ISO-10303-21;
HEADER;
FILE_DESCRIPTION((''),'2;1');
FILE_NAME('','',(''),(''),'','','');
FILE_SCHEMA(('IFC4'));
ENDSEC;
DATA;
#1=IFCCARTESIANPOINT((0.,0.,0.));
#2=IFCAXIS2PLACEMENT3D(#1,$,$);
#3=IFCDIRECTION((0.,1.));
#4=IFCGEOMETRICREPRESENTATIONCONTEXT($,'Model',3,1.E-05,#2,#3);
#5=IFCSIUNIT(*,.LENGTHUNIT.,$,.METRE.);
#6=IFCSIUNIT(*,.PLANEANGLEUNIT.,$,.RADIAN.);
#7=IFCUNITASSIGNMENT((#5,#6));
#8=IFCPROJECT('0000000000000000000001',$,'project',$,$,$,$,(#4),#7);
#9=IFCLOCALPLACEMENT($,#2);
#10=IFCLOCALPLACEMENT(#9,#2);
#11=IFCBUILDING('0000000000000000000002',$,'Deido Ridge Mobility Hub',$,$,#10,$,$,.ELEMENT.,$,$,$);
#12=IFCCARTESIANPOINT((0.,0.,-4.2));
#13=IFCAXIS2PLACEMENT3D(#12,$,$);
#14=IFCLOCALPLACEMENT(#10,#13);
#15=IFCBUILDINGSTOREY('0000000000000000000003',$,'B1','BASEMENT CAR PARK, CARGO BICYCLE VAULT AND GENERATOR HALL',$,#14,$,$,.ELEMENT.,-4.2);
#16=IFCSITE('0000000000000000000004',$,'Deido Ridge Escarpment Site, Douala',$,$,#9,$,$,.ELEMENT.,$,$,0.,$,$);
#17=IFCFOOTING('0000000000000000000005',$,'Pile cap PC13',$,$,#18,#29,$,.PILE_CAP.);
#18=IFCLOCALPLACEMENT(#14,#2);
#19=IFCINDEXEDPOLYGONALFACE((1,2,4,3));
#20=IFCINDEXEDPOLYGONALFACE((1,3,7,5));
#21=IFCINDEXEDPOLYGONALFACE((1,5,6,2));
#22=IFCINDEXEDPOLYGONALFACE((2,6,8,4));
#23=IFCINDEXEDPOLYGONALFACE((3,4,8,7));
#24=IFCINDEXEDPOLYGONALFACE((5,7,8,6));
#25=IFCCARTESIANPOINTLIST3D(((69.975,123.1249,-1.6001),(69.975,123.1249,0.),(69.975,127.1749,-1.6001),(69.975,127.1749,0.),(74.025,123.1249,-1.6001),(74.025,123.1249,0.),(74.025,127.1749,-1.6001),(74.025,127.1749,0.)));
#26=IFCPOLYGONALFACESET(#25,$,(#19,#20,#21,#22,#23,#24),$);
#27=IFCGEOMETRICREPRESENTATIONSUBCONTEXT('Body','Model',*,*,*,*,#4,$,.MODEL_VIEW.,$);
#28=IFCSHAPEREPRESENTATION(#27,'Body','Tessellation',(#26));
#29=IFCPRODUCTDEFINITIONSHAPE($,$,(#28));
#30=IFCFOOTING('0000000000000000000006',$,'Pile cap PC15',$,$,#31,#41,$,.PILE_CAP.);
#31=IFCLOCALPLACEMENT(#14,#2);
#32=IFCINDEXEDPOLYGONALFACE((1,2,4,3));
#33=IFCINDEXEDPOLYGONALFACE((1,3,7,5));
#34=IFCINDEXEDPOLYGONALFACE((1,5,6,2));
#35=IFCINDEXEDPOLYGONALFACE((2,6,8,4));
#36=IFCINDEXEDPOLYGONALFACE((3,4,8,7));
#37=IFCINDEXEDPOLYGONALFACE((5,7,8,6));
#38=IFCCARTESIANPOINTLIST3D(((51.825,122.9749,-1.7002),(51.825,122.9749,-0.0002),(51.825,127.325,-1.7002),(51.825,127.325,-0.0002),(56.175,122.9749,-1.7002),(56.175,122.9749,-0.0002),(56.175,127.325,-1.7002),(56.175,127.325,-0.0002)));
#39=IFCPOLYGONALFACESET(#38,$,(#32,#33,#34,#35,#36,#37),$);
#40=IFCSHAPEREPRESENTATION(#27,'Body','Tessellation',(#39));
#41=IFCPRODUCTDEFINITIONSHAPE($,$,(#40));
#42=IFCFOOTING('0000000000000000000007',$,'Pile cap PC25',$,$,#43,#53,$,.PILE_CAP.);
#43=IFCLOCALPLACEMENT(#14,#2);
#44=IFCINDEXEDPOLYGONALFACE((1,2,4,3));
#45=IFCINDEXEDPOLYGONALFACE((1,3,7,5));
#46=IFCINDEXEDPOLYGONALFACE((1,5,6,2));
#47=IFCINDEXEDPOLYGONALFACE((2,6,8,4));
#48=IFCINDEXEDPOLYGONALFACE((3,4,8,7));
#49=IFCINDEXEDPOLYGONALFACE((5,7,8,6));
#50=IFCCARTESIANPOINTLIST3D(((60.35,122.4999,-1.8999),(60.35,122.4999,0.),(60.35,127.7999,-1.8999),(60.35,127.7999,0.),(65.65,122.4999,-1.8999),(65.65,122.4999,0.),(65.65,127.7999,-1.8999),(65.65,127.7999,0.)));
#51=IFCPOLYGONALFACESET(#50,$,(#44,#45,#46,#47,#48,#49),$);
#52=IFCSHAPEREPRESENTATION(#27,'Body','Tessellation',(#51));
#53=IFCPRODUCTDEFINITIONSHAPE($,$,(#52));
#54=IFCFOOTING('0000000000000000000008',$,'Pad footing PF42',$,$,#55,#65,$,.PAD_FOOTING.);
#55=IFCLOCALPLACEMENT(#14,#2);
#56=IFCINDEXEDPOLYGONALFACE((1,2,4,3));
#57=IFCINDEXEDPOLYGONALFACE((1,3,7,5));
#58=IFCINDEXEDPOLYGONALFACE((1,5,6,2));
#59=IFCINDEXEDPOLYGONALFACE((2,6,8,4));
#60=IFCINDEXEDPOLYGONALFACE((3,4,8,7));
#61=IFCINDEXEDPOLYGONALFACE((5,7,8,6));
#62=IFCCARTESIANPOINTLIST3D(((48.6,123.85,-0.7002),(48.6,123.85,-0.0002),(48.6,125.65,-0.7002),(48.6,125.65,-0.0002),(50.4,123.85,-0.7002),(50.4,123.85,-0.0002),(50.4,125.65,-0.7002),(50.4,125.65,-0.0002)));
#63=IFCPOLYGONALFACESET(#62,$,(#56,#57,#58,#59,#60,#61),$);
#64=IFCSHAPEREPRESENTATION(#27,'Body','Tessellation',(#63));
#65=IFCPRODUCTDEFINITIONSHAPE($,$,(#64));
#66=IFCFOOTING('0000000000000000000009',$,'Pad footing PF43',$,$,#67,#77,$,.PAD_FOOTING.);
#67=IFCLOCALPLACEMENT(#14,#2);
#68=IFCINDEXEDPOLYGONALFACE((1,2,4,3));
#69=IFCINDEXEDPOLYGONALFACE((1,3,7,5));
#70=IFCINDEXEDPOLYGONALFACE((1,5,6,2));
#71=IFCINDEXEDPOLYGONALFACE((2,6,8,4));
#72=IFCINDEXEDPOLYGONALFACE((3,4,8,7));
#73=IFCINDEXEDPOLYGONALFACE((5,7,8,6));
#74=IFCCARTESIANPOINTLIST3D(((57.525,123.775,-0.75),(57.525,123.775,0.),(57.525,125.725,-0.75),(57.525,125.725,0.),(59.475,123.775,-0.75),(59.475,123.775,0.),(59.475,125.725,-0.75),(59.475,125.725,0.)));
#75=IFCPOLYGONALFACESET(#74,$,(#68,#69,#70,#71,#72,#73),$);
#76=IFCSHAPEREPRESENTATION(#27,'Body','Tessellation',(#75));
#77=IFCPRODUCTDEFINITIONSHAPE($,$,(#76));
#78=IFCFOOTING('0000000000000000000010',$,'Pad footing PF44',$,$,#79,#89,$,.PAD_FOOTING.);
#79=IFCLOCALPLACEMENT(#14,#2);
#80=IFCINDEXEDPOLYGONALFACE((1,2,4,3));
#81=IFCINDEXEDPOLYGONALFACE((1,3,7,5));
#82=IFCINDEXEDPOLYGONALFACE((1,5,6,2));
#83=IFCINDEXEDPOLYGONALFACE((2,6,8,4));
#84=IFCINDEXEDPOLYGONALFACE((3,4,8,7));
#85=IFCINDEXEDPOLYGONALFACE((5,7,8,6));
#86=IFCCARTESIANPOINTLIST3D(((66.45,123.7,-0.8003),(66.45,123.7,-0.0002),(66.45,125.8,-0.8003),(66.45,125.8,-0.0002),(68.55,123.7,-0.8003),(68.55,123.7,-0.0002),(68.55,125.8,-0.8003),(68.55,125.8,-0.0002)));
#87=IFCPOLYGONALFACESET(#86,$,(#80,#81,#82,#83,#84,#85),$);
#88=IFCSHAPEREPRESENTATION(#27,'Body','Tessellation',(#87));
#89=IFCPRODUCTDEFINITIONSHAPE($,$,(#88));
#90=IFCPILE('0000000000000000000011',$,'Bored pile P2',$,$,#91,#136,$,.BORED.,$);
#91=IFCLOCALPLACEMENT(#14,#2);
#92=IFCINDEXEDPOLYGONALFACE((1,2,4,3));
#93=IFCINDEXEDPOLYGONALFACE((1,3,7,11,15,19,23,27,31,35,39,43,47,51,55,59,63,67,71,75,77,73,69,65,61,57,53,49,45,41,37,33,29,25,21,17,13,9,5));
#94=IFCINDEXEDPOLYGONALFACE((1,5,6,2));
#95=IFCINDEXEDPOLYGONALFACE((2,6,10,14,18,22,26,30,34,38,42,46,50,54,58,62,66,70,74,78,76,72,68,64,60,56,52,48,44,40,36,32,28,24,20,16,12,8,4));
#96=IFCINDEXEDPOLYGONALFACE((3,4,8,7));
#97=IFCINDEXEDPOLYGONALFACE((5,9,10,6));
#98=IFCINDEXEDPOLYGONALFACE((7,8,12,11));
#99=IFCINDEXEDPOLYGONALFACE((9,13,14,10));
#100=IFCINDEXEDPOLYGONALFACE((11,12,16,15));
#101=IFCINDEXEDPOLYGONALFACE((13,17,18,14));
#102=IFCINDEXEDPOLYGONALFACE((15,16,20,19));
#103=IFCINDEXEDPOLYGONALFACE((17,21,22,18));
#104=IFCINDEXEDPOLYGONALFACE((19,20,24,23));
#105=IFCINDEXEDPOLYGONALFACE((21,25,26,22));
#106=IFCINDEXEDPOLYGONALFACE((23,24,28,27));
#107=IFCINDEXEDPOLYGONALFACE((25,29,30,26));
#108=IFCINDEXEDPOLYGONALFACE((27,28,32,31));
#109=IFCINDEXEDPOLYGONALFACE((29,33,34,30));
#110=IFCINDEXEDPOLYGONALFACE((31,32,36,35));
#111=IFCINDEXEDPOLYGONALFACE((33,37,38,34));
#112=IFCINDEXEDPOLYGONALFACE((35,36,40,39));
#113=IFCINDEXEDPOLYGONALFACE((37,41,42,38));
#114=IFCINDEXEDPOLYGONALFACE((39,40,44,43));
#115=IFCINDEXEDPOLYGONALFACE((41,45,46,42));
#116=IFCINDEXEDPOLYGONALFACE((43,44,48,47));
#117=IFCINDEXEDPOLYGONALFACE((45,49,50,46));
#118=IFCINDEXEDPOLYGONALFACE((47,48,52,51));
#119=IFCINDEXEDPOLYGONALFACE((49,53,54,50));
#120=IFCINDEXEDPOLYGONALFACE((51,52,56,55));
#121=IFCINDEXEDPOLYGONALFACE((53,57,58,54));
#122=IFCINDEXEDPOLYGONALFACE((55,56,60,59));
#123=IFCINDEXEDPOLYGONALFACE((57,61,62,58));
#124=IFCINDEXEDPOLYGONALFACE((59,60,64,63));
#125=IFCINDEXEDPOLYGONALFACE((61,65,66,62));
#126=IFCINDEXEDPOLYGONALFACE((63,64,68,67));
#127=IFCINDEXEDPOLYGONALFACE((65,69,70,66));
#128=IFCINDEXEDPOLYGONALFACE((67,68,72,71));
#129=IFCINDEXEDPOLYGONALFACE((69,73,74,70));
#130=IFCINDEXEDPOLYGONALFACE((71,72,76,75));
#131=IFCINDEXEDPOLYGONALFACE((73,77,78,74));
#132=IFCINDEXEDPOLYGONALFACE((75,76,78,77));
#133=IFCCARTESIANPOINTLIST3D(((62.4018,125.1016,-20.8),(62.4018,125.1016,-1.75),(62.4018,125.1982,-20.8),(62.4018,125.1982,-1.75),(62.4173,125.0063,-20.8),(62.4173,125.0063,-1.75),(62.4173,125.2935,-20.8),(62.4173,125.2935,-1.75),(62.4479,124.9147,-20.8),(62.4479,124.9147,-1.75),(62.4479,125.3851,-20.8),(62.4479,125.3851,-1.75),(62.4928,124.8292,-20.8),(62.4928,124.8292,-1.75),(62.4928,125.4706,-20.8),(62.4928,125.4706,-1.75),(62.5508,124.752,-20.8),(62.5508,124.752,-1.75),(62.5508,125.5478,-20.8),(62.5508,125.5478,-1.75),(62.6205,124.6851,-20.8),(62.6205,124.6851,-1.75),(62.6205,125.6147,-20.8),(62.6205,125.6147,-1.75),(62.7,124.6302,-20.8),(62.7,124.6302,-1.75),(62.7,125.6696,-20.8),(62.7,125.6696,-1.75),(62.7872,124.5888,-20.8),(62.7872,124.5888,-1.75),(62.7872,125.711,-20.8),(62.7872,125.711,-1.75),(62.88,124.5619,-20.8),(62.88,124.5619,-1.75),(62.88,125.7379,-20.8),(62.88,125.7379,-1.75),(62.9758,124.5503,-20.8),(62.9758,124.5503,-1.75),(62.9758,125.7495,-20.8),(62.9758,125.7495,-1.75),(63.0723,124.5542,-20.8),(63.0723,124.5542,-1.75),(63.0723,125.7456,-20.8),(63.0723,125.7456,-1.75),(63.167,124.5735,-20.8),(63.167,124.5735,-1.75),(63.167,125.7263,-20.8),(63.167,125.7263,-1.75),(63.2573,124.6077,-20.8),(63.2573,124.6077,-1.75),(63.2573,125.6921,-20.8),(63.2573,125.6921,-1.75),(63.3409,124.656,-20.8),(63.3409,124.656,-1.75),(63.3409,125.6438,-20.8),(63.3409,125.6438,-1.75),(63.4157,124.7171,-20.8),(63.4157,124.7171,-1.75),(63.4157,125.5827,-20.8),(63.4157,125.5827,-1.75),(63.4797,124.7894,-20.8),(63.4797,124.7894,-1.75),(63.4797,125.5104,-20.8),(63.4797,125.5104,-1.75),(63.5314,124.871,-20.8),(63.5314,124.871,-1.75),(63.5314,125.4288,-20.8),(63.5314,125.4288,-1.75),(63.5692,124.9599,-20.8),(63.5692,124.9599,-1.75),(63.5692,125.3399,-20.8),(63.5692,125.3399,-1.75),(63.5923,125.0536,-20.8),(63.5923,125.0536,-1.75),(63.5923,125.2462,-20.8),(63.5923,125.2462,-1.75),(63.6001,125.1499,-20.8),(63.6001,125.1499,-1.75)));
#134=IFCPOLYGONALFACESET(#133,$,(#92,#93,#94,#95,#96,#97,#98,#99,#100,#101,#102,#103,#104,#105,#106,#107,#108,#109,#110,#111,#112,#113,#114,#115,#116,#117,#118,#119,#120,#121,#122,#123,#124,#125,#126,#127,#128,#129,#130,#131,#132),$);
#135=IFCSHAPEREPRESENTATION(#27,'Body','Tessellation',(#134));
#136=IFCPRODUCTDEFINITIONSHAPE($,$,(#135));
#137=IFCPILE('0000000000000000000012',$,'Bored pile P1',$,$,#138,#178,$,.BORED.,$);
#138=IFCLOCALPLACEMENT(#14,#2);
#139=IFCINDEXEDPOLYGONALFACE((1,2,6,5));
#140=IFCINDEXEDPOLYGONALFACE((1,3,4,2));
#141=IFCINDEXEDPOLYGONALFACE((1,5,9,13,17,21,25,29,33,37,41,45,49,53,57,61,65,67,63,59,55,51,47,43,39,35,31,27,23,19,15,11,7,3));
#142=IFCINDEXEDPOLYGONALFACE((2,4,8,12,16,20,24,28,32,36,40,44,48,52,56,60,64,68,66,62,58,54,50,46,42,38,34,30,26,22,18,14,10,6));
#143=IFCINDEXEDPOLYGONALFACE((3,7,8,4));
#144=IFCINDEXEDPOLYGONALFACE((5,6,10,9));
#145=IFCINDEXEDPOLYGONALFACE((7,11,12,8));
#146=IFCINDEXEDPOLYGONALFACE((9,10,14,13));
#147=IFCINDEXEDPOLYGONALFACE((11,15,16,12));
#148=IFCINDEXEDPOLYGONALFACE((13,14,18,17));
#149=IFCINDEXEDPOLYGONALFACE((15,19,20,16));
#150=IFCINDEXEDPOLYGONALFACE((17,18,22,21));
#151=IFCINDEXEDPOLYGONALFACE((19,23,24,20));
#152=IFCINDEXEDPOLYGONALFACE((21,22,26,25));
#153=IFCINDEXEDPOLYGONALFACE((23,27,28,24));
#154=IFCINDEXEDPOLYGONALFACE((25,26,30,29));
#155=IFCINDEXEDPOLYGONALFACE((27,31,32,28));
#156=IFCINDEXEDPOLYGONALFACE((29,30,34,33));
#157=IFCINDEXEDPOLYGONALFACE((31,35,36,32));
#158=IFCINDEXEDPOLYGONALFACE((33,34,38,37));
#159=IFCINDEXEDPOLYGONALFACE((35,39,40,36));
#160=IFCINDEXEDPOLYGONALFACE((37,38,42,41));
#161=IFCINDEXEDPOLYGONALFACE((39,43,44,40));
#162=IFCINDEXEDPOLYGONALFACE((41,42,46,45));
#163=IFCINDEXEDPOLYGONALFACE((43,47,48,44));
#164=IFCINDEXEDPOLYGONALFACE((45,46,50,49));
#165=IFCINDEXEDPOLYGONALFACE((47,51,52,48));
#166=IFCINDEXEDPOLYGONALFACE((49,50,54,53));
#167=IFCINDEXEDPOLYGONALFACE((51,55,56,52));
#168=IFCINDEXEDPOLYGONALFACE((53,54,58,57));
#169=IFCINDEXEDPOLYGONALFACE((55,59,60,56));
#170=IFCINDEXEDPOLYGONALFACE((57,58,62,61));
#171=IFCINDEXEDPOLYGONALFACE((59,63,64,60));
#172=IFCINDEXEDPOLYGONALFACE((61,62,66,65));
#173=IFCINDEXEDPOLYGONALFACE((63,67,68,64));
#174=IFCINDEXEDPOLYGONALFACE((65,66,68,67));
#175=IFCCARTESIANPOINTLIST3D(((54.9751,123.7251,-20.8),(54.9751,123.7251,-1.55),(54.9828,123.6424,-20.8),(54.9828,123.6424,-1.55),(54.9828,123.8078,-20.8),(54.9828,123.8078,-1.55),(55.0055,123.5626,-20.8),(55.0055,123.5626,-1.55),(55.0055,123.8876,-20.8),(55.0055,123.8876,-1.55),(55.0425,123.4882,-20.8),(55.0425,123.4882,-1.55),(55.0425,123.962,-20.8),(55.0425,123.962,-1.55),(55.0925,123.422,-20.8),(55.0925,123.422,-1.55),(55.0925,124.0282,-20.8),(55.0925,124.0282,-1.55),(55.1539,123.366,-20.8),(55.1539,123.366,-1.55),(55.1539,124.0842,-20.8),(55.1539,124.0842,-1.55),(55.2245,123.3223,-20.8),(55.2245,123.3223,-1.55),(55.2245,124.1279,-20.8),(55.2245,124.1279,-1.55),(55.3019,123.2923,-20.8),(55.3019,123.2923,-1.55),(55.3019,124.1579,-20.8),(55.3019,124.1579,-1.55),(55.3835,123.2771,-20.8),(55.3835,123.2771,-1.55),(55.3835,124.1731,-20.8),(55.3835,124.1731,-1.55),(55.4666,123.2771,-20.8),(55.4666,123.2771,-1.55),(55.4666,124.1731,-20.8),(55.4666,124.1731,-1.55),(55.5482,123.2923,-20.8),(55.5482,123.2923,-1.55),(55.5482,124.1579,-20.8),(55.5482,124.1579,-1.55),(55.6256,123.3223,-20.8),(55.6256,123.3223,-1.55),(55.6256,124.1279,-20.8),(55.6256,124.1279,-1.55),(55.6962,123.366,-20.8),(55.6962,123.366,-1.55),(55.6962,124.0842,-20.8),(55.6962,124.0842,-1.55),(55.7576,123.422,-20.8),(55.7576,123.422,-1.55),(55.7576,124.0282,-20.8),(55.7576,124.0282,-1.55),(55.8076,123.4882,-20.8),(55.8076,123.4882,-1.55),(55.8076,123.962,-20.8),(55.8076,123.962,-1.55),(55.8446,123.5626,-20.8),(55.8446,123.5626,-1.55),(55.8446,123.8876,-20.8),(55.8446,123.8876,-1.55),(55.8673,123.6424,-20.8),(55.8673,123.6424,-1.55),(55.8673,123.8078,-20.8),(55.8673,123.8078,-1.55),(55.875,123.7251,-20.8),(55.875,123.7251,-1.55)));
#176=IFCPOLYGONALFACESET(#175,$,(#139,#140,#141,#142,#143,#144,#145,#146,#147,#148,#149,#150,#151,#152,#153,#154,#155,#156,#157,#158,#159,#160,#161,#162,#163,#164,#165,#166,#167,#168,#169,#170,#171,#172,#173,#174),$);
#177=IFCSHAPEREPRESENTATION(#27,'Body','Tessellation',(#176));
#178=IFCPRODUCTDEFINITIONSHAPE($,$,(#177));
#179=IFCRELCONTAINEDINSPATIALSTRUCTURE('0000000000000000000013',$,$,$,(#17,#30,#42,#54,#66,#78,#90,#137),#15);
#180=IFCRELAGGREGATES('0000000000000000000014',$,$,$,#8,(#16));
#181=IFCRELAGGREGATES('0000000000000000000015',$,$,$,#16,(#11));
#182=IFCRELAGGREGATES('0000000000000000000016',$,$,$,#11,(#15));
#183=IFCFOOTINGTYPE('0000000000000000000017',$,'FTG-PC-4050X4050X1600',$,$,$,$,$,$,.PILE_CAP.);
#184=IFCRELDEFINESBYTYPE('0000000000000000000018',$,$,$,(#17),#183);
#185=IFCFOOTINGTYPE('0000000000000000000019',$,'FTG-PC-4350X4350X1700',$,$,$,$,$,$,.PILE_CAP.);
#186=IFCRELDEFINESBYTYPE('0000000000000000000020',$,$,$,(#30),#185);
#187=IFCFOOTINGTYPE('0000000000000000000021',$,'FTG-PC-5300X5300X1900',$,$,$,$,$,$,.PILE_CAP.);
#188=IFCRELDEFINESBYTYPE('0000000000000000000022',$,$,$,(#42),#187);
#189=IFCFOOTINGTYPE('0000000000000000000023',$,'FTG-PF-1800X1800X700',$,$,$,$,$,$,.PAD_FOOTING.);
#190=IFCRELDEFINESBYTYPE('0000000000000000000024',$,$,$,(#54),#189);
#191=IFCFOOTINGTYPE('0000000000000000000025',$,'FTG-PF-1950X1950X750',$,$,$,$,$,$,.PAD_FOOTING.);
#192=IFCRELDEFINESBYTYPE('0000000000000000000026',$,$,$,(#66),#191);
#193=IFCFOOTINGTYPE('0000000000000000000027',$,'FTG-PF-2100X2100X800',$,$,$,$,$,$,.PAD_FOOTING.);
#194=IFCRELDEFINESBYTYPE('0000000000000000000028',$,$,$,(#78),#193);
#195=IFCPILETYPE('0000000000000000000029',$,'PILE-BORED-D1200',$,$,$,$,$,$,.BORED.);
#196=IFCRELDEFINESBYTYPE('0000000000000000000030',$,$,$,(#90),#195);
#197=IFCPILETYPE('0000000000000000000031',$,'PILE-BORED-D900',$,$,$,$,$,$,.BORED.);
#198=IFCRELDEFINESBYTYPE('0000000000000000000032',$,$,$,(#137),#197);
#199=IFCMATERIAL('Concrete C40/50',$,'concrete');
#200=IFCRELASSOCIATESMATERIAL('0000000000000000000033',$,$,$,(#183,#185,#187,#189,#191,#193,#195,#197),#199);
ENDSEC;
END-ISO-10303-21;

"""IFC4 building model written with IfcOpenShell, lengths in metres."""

from ifc_helpers import new_model, si_unit, direction, frame, origin, origin_2d, place, context, subcontext, project, spatial, rectangle, circle, extrude, material, material_profile, profile_set, type_object, element, save


model = new_model("IFC4")

# Units and contexts
model_context = context("Model", 3, precision=1e-05, world=origin(), true_north=direction((0.0, 1.0)))
body_context = subcontext(model_context, "Body", "Model", "MODEL_VIEW")
ifc_project = project(units=[si_unit("LENGTHUNIT", "METRE"), si_unit("PLANEANGLEUNIT", "RADIAN")], contexts=[model_context])

# Site, building, storey
site_placement = place(None, origin())
site = spatial("IfcSite", under=ifc_project, at=site_placement, Name="Deido Ridge Escarpment Site, Douala", CompositionType="ELEMENT", RefElevation=0.0)
building_placement = place(site_placement, origin())
building = spatial("IfcBuilding", under=site, at=building_placement, Name="Deido Ridge Mobility Hub", CompositionType="ELEMENT")
storey_placement = place(building_placement, frame((0.0, 0.0, -4.2)))
storey = spatial("IfcBuildingStorey", under=building, at=storey_placement, Name="B1", Description="BASEMENT CAR PARK, CARGO BICYCLE VAULT AND GENERATOR HALL", CompositionType="ELEMENT", Elevation=-4.2)

# Footings
ifc_material_1 = material(Name="Concrete C40/50", Category="concrete")
footing_type_1 = type_object("IfcFootingType", Name="FTG-PC-4050X4050X1600", PredefinedType="PILE_CAP", material=ifc_material_1)
footing_1_placement = place(storey_placement, frame((72.0, 125.1499, -1.6001), z_axis=(0.0, 0.0, 1.0), x_axis=(1.0, 0.0, 0.0)))
element("IfcFooting", 1, at=footing_1_placement, inside=storey, type_object=footing_type_1, Name="Pile cap PC13", PredefinedType="PILE_CAP", context=body_context, shape_type="SweptSolid", body=[
    extrude(rectangle(XDim=4.05, YDim=4.05, at=origin_2d()), origin(), (0.0, 0.0, 1.0), 1.6001),
])
footing_type_2 = type_object("IfcFootingType", Name="FTG-PC-4350X4350X1700", PredefinedType="PILE_CAP", material=ifc_material_1)
footing_2_placement = place(storey_placement, frame((54.0, 125.1499, -1.7002), z_axis=(0.0, 0.0, 1.0), x_axis=(1.0, 0.0, 0.0)))
element("IfcFooting", 2, at=footing_2_placement, inside=storey, type_object=footing_type_2, Name="Pile cap PC15", PredefinedType="PILE_CAP", context=body_context, shape_type="SweptSolid", body=[
    extrude(rectangle(XDim=4.3501, YDim=4.3501, at=origin_2d()), origin(), (0.0, 0.0, 1.0), 1.7),
])
footing_type_3 = type_object("IfcFootingType", Name="FTG-PC-5300X5300X1900", PredefinedType="PILE_CAP", material=ifc_material_1)
footing_3_placement = place(storey_placement, frame((63.0, 125.1499, -1.8999), z_axis=(0.0, 0.0, 1.0), x_axis=(1.0, 0.0, 0.0)))
element("IfcFooting", 3, at=footing_3_placement, inside=storey, type_object=footing_type_3, Name="Pile cap PC25", PredefinedType="PILE_CAP", context=body_context, shape_type="SweptSolid", body=[
    extrude(rectangle(XDim=5.3, YDim=5.3, at=origin_2d()), origin(), (0.0, 0.0, 1.0), 1.8999),
])
footing_type_4 = type_object("IfcFootingType", Name="FTG-PF-1800X1800X700", PredefinedType="PAD_FOOTING", material=ifc_material_1)
footing_4_placement = place(storey_placement, frame((49.5, 124.75, -0.7002), z_axis=(0.0, 0.0, 1.0), x_axis=(1.0, 0.0, 0.0)))
element("IfcFooting", 4, at=footing_4_placement, inside=storey, type_object=footing_type_4, Name="Pad footing PF42", PredefinedType="PAD_FOOTING", context=body_context, shape_type="SweptSolid", body=[
    extrude(rectangle(XDim=1.8, YDim=1.8, at=origin_2d()), origin(), (0.0, 0.0, 1.0), 0.7),
])
footing_type_5 = type_object("IfcFootingType", Name="FTG-PF-1950X1950X750", PredefinedType="PAD_FOOTING", material=ifc_material_1)
footing_5_placement = place(storey_placement, frame((58.5, 124.75, -0.75), z_axis=(0.0, 0.0, 1.0), x_axis=(1.0, 0.0, 0.0)))
element("IfcFooting", 5, at=footing_5_placement, inside=storey, type_object=footing_type_5, Name="Pad footing PF43", PredefinedType="PAD_FOOTING", context=body_context, shape_type="SweptSolid", body=[
    extrude(rectangle(XDim=1.95, YDim=1.95, at=origin_2d()), origin(), (0.0, 0.0, 1.0), 0.75),
])
footing_type_6 = type_object("IfcFootingType", Name="FTG-PF-2100X2100X800", PredefinedType="PAD_FOOTING", material=ifc_material_1)
footing_6_placement = place(storey_placement, frame((67.5, 124.75, -0.8003), z_axis=(0.0, 0.0, 1.0), x_axis=(1.0, 0.0, 0.0)))
element("IfcFooting", 6, at=footing_6_placement, inside=storey, type_object=footing_type_6, Name="Pad footing PF44", PredefinedType="PAD_FOOTING", context=body_context, shape_type="SweptSolid", body=[
    extrude(rectangle(XDim=2.1001, YDim=2.1001, at=origin_2d()), origin(), (0.0, 0.0, 1.0), 0.8),
])

# Piles
ifc_material_profile_1 = material_profile(ifc_material_1, circle(Radius=0.6001, at=origin_2d()), Name="BORED PILE D1200")
ifc_profile_set_1 = profile_set([ifc_material_profile_1], Name="Concrete C40/50")
pile_type_1 = type_object("IfcPileType", Name="PILE-BORED-D1200", PredefinedType="BORED", material=ifc_profile_set_1)
pile_1_placement = place(storey_placement, frame((63.0, 125.1499, -1.75), z_axis=(0.0, 0.0, -1.0), x_axis=(1.0, 0.0, 0.0)))
element("IfcPile", 7, at=pile_1_placement, inside=storey, type_object=pile_type_1, Name="Bored pile P2", PredefinedType="BORED", context=body_context, shape_type="SweptSolid", body=[
    extrude(circle(Radius=0.6001, at=origin_2d()), origin(), (0.0, 0.0, 1.0), 19.05),
])
ifc_material_profile_2 = material_profile(ifc_material_1, circle(Radius=0.45, at=origin_2d()), Name="BORED PILE D900")
ifc_profile_set_2 = profile_set([ifc_material_profile_2], Name="Concrete C40/50")
pile_type_2 = type_object("IfcPileType", Name="PILE-BORED-D900", PredefinedType="BORED", material=ifc_profile_set_2)
for number, where, z_axis, x_axis, name in (
    (8, (55.425, 123.7251, -1.55), (0.0, 0.0, -1.0), (1.0, 0.0, 0.0), "Bored pile P1"),
):
    element("IfcPile", number, at=place(storey_placement, frame(where, z_axis=z_axis, x_axis=x_axis)), inside=storey, type_object=pile_type_2, Name=name, PredefinedType="BORED", context=body_context, shape_type="SweptSolid", body=[
        extrude(circle(Radius=0.45, at=origin_2d()), origin(), (0.0, 0.0, 1.0), 19.25),
    ])

save(model, "model.ifc")
